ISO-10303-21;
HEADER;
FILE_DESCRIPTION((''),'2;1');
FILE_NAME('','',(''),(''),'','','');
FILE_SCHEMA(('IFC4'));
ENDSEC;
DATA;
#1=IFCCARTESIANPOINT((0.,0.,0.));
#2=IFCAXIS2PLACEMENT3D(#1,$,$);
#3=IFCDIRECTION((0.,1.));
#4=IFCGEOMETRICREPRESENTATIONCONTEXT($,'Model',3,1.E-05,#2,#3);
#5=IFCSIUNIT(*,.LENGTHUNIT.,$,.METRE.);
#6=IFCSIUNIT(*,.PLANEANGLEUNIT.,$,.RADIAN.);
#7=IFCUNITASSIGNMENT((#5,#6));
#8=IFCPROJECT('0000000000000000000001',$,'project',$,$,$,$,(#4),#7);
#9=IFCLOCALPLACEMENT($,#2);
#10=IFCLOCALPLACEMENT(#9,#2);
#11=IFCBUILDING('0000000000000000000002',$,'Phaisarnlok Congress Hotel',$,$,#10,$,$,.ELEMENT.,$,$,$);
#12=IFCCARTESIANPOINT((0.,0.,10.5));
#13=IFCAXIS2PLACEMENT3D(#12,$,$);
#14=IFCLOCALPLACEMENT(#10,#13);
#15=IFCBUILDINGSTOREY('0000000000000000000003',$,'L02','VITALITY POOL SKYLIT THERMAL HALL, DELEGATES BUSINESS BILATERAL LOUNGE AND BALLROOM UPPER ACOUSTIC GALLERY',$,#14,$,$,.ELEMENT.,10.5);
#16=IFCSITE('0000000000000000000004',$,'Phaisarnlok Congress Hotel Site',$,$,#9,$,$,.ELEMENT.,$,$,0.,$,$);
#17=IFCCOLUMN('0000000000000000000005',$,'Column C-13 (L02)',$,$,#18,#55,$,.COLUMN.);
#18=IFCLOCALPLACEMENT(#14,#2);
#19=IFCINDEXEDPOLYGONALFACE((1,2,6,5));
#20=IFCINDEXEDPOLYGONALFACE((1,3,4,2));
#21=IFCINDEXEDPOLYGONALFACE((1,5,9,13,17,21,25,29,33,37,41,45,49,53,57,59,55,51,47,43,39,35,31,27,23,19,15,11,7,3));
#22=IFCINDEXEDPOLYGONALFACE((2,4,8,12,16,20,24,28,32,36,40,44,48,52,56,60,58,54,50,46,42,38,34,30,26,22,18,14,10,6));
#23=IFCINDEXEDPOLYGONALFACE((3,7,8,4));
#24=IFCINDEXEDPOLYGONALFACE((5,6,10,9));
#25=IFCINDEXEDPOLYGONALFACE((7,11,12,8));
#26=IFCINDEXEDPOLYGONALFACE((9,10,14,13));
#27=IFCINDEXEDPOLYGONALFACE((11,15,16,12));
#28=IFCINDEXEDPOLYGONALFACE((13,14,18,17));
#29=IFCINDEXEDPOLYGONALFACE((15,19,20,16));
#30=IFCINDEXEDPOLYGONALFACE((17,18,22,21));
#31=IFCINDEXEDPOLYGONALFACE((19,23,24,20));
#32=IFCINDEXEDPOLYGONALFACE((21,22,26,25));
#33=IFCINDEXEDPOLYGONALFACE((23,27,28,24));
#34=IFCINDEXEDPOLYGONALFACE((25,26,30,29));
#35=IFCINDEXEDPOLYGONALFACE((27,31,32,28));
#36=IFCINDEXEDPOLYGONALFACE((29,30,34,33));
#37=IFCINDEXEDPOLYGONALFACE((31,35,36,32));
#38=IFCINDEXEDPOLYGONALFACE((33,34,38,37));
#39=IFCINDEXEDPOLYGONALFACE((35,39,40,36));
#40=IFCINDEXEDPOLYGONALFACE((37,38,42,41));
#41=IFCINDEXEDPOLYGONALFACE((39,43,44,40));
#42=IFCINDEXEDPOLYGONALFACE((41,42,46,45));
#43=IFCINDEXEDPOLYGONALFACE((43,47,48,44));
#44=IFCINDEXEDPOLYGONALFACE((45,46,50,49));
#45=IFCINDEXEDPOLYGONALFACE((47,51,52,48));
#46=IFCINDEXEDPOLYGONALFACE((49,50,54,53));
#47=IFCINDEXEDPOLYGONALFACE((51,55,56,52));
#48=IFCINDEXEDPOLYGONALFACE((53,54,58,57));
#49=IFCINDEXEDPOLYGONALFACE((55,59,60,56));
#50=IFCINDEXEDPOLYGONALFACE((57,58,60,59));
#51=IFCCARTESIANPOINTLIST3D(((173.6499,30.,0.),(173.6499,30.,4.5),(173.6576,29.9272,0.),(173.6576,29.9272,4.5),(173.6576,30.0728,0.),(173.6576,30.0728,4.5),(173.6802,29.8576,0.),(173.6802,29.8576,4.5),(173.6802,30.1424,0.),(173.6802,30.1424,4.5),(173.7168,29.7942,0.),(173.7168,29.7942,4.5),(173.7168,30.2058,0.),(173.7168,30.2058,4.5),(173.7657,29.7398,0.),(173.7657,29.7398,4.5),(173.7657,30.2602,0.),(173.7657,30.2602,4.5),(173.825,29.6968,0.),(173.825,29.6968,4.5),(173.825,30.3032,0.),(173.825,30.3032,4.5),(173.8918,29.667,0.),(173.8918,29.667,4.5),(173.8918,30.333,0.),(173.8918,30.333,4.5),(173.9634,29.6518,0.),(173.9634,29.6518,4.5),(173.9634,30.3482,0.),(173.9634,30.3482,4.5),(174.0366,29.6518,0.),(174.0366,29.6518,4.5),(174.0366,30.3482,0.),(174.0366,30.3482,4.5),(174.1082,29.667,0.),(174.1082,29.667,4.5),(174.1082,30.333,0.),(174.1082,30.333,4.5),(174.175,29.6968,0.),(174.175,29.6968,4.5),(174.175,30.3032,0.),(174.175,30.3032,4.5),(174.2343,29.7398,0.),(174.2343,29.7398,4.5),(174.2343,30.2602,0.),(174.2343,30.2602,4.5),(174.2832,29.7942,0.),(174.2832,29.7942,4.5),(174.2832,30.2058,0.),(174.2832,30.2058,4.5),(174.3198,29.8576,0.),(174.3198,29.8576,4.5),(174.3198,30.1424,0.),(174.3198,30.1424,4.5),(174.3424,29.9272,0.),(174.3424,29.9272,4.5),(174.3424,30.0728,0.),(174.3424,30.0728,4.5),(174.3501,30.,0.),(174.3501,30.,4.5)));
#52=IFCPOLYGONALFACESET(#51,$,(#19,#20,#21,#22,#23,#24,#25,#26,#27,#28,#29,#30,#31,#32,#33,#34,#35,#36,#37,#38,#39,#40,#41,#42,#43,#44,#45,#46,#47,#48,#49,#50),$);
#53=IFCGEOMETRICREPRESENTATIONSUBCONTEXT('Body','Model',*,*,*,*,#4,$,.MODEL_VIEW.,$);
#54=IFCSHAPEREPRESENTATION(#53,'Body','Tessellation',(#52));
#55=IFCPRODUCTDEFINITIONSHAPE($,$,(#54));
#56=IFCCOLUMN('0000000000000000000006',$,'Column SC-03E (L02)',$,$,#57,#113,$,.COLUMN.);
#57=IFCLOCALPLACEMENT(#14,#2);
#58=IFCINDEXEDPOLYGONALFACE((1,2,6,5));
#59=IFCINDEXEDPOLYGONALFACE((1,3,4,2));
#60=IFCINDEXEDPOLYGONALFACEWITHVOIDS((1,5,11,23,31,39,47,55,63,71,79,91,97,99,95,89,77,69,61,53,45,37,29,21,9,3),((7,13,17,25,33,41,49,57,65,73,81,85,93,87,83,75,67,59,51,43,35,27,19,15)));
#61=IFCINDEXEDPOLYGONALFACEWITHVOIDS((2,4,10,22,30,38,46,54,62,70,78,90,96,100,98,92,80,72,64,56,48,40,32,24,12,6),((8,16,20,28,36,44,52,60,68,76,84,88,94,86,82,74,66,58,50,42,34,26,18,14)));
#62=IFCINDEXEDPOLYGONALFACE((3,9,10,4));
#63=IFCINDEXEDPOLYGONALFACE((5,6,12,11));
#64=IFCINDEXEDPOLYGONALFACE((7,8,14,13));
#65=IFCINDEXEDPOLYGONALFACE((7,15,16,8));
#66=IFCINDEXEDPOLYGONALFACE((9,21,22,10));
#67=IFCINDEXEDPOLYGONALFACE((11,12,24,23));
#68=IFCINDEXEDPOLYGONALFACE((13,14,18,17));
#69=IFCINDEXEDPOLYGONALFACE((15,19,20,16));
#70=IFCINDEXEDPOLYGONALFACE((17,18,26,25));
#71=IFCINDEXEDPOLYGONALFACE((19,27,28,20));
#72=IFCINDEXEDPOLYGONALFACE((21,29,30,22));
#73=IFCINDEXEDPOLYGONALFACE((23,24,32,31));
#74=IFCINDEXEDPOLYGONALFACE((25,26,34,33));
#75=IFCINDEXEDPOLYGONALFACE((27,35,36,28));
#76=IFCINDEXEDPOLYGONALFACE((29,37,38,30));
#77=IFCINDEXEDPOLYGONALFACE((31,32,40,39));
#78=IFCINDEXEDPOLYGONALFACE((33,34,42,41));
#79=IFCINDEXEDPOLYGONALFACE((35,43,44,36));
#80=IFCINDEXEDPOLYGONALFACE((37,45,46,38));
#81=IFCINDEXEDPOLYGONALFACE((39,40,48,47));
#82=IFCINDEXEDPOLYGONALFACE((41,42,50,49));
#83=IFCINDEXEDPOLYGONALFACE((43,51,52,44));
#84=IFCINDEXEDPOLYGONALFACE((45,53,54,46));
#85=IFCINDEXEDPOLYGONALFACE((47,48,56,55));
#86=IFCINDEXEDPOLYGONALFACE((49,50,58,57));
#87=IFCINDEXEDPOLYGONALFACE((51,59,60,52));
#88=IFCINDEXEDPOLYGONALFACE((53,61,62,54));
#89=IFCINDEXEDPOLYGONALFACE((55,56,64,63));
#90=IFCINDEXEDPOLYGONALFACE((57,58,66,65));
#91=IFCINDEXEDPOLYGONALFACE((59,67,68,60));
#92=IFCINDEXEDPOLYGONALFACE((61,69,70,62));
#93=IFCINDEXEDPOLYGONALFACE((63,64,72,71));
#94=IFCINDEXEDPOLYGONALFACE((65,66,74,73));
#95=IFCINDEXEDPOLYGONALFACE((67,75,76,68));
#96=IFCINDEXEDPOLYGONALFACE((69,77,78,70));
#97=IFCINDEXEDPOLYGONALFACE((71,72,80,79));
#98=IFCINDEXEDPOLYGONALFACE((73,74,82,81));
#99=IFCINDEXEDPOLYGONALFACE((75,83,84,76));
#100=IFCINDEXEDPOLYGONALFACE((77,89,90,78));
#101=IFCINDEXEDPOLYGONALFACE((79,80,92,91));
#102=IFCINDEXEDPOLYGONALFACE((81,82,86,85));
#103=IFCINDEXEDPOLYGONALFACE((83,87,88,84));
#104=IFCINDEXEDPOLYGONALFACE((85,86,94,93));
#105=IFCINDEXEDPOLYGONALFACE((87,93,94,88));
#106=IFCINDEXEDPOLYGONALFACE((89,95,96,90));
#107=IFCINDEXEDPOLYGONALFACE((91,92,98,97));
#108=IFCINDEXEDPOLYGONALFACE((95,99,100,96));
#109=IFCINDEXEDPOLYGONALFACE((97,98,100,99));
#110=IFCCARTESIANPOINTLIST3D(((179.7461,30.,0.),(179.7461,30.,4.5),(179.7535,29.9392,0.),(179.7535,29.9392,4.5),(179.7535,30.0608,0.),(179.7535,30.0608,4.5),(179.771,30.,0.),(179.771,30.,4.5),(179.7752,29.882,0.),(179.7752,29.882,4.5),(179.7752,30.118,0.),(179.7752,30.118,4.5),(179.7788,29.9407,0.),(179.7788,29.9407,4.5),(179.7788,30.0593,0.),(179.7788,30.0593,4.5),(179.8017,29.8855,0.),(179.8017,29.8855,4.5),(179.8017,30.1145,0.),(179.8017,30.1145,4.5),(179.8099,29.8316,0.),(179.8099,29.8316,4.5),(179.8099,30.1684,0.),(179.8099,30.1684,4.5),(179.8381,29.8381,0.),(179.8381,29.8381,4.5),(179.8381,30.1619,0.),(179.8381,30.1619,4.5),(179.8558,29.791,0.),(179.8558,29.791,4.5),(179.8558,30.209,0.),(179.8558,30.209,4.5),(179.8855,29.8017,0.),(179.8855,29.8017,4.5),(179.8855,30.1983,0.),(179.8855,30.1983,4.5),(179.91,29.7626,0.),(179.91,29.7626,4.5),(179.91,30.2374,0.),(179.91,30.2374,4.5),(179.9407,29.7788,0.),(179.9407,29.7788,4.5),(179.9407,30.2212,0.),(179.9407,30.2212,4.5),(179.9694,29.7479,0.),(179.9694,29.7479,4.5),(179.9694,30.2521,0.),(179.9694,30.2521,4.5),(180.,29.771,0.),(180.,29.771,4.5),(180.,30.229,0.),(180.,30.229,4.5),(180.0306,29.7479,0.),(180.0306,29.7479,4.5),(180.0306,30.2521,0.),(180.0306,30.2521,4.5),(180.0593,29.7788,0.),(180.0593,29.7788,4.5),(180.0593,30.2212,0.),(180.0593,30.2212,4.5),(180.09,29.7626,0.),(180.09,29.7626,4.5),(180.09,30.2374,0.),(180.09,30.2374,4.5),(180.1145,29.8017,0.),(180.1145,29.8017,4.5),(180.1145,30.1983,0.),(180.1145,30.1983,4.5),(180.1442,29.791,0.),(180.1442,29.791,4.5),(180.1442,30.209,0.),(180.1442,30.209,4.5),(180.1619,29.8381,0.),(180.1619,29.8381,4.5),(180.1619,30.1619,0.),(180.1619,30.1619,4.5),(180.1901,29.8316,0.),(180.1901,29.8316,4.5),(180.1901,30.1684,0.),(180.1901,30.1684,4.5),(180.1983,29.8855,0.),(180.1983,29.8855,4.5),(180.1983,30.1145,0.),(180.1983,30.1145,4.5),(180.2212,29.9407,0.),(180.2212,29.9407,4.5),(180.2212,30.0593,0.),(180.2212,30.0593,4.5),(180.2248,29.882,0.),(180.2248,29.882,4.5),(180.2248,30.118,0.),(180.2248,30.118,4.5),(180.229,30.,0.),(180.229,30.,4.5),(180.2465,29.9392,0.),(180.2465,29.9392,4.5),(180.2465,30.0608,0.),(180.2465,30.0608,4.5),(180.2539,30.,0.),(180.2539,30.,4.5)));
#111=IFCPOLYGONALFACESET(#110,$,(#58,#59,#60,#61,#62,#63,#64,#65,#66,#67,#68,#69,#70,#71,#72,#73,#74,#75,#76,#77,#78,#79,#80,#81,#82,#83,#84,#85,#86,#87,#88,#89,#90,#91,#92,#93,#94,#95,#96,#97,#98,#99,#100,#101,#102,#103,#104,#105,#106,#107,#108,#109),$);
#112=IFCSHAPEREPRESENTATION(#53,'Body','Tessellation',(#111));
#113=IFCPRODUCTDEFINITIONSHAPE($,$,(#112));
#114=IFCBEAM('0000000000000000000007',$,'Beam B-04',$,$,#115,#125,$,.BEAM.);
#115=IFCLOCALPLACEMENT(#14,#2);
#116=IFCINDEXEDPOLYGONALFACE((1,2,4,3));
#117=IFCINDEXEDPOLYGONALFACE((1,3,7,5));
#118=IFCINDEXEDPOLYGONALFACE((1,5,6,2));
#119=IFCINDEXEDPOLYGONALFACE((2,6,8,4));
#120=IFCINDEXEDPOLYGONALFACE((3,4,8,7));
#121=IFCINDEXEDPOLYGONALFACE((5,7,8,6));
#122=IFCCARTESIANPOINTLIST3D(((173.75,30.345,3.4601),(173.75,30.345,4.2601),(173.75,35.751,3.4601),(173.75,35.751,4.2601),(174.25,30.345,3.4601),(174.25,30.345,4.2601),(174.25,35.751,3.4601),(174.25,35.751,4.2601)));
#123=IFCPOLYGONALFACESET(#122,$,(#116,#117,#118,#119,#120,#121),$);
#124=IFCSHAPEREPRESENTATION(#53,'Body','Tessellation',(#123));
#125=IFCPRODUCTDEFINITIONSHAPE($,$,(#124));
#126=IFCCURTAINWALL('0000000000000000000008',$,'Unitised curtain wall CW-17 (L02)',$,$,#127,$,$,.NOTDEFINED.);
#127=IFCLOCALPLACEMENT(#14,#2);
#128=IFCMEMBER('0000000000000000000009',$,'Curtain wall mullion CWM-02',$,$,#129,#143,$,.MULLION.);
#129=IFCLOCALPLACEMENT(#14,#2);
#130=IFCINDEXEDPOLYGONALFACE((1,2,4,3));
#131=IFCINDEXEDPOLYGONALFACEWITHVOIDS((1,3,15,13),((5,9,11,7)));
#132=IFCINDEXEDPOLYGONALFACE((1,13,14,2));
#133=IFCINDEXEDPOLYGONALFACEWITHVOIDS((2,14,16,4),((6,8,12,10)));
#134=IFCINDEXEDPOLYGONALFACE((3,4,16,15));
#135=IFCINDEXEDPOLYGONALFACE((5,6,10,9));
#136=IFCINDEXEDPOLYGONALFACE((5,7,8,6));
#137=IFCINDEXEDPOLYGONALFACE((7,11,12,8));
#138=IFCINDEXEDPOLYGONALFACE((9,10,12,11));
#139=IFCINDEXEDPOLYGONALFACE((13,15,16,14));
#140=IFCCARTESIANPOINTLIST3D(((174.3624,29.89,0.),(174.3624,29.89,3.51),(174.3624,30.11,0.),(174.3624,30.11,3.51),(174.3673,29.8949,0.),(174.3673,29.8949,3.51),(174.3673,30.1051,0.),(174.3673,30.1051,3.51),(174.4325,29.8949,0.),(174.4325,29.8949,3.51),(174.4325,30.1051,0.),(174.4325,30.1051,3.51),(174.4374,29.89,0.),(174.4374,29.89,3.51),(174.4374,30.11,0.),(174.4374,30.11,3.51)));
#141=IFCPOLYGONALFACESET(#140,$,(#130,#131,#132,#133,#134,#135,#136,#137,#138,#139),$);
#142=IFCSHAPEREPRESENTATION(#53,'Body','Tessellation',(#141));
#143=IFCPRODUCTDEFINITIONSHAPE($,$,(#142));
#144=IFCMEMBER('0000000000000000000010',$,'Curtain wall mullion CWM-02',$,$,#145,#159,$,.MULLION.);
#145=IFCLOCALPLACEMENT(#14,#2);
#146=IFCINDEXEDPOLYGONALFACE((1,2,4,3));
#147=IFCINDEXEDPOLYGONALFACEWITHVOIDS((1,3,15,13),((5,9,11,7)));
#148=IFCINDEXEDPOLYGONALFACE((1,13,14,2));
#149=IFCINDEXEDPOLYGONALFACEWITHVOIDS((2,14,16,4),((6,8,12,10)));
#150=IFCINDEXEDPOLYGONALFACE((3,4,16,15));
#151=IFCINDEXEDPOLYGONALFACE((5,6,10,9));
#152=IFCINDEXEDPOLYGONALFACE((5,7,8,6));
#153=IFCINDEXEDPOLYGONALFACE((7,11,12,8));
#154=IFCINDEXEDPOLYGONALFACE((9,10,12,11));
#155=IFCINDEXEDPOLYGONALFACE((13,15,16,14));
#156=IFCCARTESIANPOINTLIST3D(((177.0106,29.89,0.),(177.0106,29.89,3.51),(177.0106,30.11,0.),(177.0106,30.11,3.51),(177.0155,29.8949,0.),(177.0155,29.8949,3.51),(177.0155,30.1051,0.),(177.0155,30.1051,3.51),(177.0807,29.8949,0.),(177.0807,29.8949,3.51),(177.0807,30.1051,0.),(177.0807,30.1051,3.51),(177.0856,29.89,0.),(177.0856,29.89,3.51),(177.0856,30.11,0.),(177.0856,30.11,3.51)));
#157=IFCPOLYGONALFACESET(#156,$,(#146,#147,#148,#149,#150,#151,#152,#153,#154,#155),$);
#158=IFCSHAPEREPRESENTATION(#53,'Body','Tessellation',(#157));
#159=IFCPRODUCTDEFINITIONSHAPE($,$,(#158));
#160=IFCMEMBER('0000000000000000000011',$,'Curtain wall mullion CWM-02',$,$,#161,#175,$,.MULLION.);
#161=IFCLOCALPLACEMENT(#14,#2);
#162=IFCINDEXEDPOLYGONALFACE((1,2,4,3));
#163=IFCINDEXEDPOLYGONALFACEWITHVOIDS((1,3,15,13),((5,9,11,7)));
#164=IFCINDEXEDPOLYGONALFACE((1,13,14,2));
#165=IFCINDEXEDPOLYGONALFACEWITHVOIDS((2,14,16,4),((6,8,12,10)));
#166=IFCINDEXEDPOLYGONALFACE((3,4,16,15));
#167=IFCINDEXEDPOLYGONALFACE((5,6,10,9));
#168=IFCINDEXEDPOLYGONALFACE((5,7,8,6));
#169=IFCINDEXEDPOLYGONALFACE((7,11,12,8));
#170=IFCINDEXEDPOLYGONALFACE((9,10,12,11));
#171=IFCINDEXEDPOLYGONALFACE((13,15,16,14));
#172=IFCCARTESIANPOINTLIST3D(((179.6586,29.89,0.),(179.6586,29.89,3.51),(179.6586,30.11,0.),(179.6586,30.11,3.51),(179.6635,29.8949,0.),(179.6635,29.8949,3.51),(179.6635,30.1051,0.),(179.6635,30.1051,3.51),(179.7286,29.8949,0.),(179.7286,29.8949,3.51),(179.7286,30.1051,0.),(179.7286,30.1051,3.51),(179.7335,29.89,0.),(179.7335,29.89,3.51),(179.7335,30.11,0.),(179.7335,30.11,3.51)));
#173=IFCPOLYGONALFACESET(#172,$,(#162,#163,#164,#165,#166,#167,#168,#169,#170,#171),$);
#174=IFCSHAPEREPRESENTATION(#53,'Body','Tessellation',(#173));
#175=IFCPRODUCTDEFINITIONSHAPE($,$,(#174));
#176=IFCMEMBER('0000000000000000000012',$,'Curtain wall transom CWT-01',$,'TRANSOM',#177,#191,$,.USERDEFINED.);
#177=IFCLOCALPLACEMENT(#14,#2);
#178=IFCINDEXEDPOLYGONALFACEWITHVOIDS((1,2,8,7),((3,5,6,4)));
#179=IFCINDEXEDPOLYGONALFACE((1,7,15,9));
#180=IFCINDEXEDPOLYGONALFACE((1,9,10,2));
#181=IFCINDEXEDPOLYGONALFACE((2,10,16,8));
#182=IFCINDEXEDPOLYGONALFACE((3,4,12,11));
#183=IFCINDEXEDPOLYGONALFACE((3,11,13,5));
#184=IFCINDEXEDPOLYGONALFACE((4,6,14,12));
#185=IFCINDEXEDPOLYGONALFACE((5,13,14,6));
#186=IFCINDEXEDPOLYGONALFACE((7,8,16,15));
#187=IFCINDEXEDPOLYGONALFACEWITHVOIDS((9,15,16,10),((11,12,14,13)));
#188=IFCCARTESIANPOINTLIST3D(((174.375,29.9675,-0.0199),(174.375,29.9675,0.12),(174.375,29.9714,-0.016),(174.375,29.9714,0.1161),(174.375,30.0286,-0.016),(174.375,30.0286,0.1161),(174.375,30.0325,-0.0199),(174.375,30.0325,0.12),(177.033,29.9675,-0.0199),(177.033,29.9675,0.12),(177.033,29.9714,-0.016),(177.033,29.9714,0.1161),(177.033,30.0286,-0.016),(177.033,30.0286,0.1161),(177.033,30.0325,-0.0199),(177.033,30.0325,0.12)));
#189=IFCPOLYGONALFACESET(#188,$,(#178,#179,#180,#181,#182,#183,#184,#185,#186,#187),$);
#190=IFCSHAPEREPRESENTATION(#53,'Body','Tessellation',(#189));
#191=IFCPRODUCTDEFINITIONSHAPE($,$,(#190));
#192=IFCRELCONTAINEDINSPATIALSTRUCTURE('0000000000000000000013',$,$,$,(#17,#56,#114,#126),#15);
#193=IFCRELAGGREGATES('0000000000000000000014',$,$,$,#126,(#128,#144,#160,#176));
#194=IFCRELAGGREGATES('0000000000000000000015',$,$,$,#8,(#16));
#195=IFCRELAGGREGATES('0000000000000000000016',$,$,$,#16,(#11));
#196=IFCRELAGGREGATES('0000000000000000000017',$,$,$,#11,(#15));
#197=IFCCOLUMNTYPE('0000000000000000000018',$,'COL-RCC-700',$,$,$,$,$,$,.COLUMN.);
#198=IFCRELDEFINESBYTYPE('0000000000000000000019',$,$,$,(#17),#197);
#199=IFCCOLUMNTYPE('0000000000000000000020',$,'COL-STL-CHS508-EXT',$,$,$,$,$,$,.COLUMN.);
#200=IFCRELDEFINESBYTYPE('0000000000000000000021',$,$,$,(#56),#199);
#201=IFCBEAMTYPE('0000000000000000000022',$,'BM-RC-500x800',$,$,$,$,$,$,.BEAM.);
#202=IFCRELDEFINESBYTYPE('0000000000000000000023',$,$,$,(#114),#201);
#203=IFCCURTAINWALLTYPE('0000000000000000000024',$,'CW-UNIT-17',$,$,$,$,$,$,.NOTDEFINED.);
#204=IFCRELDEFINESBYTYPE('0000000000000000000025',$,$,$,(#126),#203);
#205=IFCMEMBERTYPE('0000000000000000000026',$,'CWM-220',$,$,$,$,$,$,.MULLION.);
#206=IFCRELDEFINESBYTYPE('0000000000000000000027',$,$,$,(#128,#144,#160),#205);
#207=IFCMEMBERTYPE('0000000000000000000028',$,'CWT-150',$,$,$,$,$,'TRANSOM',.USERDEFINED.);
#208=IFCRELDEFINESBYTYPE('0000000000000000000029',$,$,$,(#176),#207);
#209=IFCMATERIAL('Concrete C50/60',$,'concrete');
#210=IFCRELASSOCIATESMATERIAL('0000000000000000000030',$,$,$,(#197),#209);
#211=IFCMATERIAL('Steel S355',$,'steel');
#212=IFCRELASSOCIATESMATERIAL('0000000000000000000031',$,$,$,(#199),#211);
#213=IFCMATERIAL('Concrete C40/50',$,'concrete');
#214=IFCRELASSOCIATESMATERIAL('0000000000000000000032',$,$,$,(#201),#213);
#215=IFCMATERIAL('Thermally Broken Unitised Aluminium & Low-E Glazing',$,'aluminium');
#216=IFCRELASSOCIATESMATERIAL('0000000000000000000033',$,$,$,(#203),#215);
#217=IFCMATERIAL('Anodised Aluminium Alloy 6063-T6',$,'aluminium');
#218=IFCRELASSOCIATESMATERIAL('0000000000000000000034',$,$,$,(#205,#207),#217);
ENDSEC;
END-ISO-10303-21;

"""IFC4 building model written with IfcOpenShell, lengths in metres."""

from ifc_helpers import new_model, si_unit, direction, frame, origin, origin_2d, place, context, subcontext, project, spatial, rectangle, hollow_rectangle, circle, hollow_circle, extrude, material, material_profile, profile_set, type_object, element, aggregate, save


model = new_model("IFC4")

# Units and contexts
model_context = context("Model", 3, precision=1e-05, world=origin(), true_north=direction((0.0, 1.0)))
body_context = subcontext(model_context, "Body", "Model", "MODEL_VIEW")
ifc_project = project(units=[si_unit("LENGTHUNIT", "METRE"), si_unit("PLANEANGLEUNIT", "RADIAN")], contexts=[model_context])

# Site, building, storey
site_placement = place(None, origin())
site = spatial("IfcSite", under=ifc_project, at=site_placement, Name="Phaisarnlok Congress Hotel Site", CompositionType="ELEMENT", RefElevation=0.0)
building_placement = place(site_placement, origin())
building = spatial("IfcBuilding", under=site, at=building_placement, Name="Phaisarnlok Congress Hotel", CompositionType="ELEMENT")
storey_placement = place(building_placement, frame((0.0, 0.0, 10.5)))
storey = spatial("IfcBuildingStorey", under=building, at=storey_placement, Name="L02", Description="VITALITY POOL SKYLIT THERMAL HALL, DELEGATES BUSINESS BILATERAL LOUNGE AND BALLROOM UPPER ACOUSTIC GALLERY", CompositionType="ELEMENT", Elevation=10.5)

# Columns
ifc_material_1 = material(Name="Concrete C50/60", Category="concrete")
ifc_material_profile_1 = material_profile(ifc_material_1, circle(Radius=0.3501, at=origin_2d()), Name="RCC D700")
ifc_profile_set_1 = profile_set([ifc_material_profile_1], Name="Concrete C50/60")
column_type_1 = type_object("IfcColumnType", Name="COL-RCC-700", PredefinedType="COLUMN", material=ifc_profile_set_1)
column_1_placement = place(storey_placement, frame((174.0, 30.0, 0.0), z_axis=(0.0, 0.0, 1.0), x_axis=(1.0, 0.0, 0.0)))
element("IfcColumn", 1, at=column_1_placement, inside=storey, type_object=column_type_1, Name="Column C-13 (L02)", PredefinedType="COLUMN", context=body_context, shape_type="SweptSolid", body=[
    extrude(circle(Radius=0.3501, at=origin_2d()), origin(), (0.0, 0.0, 1.0), 4.5),
])
ifc_material_2 = material(Name="Steel S355", Category="steel")
ifc_material_profile_2 = material_profile(ifc_material_2, hollow_circle(Radius=0.2539, WallThickness=0.0249, at=origin_2d()), Name="CHS 508x25")
ifc_profile_set_2 = profile_set([ifc_material_profile_2], Name="Steel S355")
column_type_2 = type_object("IfcColumnType", Name="COL-STL-CHS508-EXT", PredefinedType="COLUMN", material=ifc_profile_set_2)
column_2_placement = place(storey_placement, frame((180.0, 30.0, 0.0), z_axis=(0.0, 0.0, 1.0), x_axis=(1.0, 0.0, 0.0)))
element("IfcColumn", 2, at=column_2_placement, inside=storey, type_object=column_type_2, Name="Column SC-03E (L02)", PredefinedType="COLUMN", context=body_context, shape_type="SweptSolid", body=[
    extrude(hollow_circle(Radius=0.2539, WallThickness=0.0249, at=origin_2d()), origin(), (0.0, 0.0, 1.0), 4.5),
])

# Beam
ifc_material_3 = material(Name="Concrete C40/50", Category="concrete")
ifc_material_profile_3 = material_profile(ifc_material_3, rectangle(XDim=0.5, YDim=0.8, at=origin_2d()), Name="RC 500x800")
ifc_profile_set_3 = profile_set([ifc_material_profile_3], Name="Concrete C40/50")
beam_type_1 = type_object("IfcBeamType", Name="BM-RC-500x800", PredefinedType="BEAM", material=ifc_profile_set_3)
beam_1_placement = place(storey_placement, frame((174.0, 30.345, 3.8601), z_axis=(0.0, 1.0, 0.0), x_axis=(-1.0, 0.0, 0.0)))
element("IfcBeam", 3, at=beam_1_placement, inside=storey, type_object=beam_type_1, Name="Beam B-04", PredefinedType="BEAM", context=body_context, shape_type="SweptSolid", body=[
    extrude(rectangle(XDim=0.5, YDim=0.8, at=origin_2d()), origin(), (0.0, 0.0, 1.0), 5.406),
])

# Curtain wall, members
ifc_material_4 = material(Name="Thermally Broken Unitised Aluminium & Low-E Glazing", Category="aluminium")
curtain_wall_type = type_object("IfcCurtainWallType", Name="CW-UNIT-17", PredefinedType="NOTDEFINED", material=ifc_material_4)
curtain_wall_placement = place(storey_placement, origin())
curtain_wall = element("IfcCurtainWall", 4, at=curtain_wall_placement, inside=storey, type_object=curtain_wall_type, Name="Unitised curtain wall CW-17 (L02)", PredefinedType="NOTDEFINED")
ifc_material_5 = material(Name="Anodised Aluminium Alloy 6063-T6", Category="aluminium")
ifc_material_profile_4 = material_profile(ifc_material_5, hollow_rectangle(XDim=0.075, YDim=0.22, WallThickness=0.0049, at=origin_2d()), Name="ALU-M 75x220x5")
ifc_profile_set_4 = profile_set([ifc_material_profile_4], Name="Anodised Aluminium Alloy 6063-T6")
member_type_1 = type_object("IfcMemberType", Name="CWM-220", PredefinedType="MULLION", material=ifc_profile_set_4)
member_1_placement = place(storey_placement, frame((174.3999, 30.0, 0.0), z_axis=(0.0, 0.0, 1.0), x_axis=(1.0, 0.0, 0.0)))
member_1 = element("IfcMember", 5, at=member_1_placement, type_object=member_type_1, Name="Curtain wall mullion CWM-02", PredefinedType="MULLION", context=body_context, shape_type="SweptSolid", body=[
    extrude(hollow_rectangle(XDim=0.075, YDim=0.22, WallThickness=0.0049, at=origin_2d()), origin(), (0.0, 0.0, 1.0), 3.51),
])
member_2_placement = place(storey_placement, frame((177.0481, 30.0, 0.0), z_axis=(0.0, 0.0, 1.0), x_axis=(1.0, 0.0, 0.0)))
member_2 = element("IfcMember", 6, at=member_2_placement, type_object=member_type_1, Name="Curtain wall mullion CWM-02", PredefinedType="MULLION", context=body_context, shape_type="SweptSolid", body=[
    extrude(hollow_rectangle(XDim=0.075, YDim=0.22, WallThickness=0.0049, at=origin_2d()), origin(), (0.0, 0.0, 1.0), 3.51),
])
member_3_placement = place(storey_placement, frame((179.696, 30.0, 0.0), z_axis=(0.0, 0.0, 1.0), x_axis=(1.0, 0.0, 0.0)))
member_3 = element("IfcMember", 7, at=member_3_placement, type_object=member_type_1, Name="Curtain wall mullion CWM-02", PredefinedType="MULLION", context=body_context, shape_type="SweptSolid", body=[
    extrude(hollow_rectangle(XDim=0.075, YDim=0.22, WallThickness=0.0049, at=origin_2d()), origin(), (0.0, 0.0, 1.0), 3.51),
])
ifc_material_profile_5 = material_profile(ifc_material_5, hollow_rectangle(XDim=0.0649, YDim=0.1399, WallThickness=0.0039, at=origin_2d()), Name="ALU-T 65x140x4")
ifc_profile_set_5 = profile_set([ifc_material_profile_5], Name="Anodised Aluminium Alloy 6063-T6")
member_type_2 = type_object("IfcMemberType", Name="CWT-150", ElementType="TRANSOM", PredefinedType="USERDEFINED", material=ifc_profile_set_5)
member_4_placement = place(storey_placement, frame((174.375, 30.0, 0.05), z_axis=(1.0, 0.0, 0.0), x_axis=(0.0, 1.0, 0.0)))
member_4 = element("IfcMember", 8, at=member_4_placement, type_object=member_type_2, Name="Curtain wall transom CWT-01", ObjectType="TRANSOM", PredefinedType="USERDEFINED", context=body_context, shape_type="SweptSolid", body=[
    extrude(hollow_rectangle(XDim=0.0649, YDim=0.1399, WallThickness=0.0039, at=origin_2d()), origin(), (0.0, 0.0, 1.0), 2.658),
])

aggregate(curtain_wall, [member_1, member_2, member_3, member_4])

save(model, "model.ifc")
